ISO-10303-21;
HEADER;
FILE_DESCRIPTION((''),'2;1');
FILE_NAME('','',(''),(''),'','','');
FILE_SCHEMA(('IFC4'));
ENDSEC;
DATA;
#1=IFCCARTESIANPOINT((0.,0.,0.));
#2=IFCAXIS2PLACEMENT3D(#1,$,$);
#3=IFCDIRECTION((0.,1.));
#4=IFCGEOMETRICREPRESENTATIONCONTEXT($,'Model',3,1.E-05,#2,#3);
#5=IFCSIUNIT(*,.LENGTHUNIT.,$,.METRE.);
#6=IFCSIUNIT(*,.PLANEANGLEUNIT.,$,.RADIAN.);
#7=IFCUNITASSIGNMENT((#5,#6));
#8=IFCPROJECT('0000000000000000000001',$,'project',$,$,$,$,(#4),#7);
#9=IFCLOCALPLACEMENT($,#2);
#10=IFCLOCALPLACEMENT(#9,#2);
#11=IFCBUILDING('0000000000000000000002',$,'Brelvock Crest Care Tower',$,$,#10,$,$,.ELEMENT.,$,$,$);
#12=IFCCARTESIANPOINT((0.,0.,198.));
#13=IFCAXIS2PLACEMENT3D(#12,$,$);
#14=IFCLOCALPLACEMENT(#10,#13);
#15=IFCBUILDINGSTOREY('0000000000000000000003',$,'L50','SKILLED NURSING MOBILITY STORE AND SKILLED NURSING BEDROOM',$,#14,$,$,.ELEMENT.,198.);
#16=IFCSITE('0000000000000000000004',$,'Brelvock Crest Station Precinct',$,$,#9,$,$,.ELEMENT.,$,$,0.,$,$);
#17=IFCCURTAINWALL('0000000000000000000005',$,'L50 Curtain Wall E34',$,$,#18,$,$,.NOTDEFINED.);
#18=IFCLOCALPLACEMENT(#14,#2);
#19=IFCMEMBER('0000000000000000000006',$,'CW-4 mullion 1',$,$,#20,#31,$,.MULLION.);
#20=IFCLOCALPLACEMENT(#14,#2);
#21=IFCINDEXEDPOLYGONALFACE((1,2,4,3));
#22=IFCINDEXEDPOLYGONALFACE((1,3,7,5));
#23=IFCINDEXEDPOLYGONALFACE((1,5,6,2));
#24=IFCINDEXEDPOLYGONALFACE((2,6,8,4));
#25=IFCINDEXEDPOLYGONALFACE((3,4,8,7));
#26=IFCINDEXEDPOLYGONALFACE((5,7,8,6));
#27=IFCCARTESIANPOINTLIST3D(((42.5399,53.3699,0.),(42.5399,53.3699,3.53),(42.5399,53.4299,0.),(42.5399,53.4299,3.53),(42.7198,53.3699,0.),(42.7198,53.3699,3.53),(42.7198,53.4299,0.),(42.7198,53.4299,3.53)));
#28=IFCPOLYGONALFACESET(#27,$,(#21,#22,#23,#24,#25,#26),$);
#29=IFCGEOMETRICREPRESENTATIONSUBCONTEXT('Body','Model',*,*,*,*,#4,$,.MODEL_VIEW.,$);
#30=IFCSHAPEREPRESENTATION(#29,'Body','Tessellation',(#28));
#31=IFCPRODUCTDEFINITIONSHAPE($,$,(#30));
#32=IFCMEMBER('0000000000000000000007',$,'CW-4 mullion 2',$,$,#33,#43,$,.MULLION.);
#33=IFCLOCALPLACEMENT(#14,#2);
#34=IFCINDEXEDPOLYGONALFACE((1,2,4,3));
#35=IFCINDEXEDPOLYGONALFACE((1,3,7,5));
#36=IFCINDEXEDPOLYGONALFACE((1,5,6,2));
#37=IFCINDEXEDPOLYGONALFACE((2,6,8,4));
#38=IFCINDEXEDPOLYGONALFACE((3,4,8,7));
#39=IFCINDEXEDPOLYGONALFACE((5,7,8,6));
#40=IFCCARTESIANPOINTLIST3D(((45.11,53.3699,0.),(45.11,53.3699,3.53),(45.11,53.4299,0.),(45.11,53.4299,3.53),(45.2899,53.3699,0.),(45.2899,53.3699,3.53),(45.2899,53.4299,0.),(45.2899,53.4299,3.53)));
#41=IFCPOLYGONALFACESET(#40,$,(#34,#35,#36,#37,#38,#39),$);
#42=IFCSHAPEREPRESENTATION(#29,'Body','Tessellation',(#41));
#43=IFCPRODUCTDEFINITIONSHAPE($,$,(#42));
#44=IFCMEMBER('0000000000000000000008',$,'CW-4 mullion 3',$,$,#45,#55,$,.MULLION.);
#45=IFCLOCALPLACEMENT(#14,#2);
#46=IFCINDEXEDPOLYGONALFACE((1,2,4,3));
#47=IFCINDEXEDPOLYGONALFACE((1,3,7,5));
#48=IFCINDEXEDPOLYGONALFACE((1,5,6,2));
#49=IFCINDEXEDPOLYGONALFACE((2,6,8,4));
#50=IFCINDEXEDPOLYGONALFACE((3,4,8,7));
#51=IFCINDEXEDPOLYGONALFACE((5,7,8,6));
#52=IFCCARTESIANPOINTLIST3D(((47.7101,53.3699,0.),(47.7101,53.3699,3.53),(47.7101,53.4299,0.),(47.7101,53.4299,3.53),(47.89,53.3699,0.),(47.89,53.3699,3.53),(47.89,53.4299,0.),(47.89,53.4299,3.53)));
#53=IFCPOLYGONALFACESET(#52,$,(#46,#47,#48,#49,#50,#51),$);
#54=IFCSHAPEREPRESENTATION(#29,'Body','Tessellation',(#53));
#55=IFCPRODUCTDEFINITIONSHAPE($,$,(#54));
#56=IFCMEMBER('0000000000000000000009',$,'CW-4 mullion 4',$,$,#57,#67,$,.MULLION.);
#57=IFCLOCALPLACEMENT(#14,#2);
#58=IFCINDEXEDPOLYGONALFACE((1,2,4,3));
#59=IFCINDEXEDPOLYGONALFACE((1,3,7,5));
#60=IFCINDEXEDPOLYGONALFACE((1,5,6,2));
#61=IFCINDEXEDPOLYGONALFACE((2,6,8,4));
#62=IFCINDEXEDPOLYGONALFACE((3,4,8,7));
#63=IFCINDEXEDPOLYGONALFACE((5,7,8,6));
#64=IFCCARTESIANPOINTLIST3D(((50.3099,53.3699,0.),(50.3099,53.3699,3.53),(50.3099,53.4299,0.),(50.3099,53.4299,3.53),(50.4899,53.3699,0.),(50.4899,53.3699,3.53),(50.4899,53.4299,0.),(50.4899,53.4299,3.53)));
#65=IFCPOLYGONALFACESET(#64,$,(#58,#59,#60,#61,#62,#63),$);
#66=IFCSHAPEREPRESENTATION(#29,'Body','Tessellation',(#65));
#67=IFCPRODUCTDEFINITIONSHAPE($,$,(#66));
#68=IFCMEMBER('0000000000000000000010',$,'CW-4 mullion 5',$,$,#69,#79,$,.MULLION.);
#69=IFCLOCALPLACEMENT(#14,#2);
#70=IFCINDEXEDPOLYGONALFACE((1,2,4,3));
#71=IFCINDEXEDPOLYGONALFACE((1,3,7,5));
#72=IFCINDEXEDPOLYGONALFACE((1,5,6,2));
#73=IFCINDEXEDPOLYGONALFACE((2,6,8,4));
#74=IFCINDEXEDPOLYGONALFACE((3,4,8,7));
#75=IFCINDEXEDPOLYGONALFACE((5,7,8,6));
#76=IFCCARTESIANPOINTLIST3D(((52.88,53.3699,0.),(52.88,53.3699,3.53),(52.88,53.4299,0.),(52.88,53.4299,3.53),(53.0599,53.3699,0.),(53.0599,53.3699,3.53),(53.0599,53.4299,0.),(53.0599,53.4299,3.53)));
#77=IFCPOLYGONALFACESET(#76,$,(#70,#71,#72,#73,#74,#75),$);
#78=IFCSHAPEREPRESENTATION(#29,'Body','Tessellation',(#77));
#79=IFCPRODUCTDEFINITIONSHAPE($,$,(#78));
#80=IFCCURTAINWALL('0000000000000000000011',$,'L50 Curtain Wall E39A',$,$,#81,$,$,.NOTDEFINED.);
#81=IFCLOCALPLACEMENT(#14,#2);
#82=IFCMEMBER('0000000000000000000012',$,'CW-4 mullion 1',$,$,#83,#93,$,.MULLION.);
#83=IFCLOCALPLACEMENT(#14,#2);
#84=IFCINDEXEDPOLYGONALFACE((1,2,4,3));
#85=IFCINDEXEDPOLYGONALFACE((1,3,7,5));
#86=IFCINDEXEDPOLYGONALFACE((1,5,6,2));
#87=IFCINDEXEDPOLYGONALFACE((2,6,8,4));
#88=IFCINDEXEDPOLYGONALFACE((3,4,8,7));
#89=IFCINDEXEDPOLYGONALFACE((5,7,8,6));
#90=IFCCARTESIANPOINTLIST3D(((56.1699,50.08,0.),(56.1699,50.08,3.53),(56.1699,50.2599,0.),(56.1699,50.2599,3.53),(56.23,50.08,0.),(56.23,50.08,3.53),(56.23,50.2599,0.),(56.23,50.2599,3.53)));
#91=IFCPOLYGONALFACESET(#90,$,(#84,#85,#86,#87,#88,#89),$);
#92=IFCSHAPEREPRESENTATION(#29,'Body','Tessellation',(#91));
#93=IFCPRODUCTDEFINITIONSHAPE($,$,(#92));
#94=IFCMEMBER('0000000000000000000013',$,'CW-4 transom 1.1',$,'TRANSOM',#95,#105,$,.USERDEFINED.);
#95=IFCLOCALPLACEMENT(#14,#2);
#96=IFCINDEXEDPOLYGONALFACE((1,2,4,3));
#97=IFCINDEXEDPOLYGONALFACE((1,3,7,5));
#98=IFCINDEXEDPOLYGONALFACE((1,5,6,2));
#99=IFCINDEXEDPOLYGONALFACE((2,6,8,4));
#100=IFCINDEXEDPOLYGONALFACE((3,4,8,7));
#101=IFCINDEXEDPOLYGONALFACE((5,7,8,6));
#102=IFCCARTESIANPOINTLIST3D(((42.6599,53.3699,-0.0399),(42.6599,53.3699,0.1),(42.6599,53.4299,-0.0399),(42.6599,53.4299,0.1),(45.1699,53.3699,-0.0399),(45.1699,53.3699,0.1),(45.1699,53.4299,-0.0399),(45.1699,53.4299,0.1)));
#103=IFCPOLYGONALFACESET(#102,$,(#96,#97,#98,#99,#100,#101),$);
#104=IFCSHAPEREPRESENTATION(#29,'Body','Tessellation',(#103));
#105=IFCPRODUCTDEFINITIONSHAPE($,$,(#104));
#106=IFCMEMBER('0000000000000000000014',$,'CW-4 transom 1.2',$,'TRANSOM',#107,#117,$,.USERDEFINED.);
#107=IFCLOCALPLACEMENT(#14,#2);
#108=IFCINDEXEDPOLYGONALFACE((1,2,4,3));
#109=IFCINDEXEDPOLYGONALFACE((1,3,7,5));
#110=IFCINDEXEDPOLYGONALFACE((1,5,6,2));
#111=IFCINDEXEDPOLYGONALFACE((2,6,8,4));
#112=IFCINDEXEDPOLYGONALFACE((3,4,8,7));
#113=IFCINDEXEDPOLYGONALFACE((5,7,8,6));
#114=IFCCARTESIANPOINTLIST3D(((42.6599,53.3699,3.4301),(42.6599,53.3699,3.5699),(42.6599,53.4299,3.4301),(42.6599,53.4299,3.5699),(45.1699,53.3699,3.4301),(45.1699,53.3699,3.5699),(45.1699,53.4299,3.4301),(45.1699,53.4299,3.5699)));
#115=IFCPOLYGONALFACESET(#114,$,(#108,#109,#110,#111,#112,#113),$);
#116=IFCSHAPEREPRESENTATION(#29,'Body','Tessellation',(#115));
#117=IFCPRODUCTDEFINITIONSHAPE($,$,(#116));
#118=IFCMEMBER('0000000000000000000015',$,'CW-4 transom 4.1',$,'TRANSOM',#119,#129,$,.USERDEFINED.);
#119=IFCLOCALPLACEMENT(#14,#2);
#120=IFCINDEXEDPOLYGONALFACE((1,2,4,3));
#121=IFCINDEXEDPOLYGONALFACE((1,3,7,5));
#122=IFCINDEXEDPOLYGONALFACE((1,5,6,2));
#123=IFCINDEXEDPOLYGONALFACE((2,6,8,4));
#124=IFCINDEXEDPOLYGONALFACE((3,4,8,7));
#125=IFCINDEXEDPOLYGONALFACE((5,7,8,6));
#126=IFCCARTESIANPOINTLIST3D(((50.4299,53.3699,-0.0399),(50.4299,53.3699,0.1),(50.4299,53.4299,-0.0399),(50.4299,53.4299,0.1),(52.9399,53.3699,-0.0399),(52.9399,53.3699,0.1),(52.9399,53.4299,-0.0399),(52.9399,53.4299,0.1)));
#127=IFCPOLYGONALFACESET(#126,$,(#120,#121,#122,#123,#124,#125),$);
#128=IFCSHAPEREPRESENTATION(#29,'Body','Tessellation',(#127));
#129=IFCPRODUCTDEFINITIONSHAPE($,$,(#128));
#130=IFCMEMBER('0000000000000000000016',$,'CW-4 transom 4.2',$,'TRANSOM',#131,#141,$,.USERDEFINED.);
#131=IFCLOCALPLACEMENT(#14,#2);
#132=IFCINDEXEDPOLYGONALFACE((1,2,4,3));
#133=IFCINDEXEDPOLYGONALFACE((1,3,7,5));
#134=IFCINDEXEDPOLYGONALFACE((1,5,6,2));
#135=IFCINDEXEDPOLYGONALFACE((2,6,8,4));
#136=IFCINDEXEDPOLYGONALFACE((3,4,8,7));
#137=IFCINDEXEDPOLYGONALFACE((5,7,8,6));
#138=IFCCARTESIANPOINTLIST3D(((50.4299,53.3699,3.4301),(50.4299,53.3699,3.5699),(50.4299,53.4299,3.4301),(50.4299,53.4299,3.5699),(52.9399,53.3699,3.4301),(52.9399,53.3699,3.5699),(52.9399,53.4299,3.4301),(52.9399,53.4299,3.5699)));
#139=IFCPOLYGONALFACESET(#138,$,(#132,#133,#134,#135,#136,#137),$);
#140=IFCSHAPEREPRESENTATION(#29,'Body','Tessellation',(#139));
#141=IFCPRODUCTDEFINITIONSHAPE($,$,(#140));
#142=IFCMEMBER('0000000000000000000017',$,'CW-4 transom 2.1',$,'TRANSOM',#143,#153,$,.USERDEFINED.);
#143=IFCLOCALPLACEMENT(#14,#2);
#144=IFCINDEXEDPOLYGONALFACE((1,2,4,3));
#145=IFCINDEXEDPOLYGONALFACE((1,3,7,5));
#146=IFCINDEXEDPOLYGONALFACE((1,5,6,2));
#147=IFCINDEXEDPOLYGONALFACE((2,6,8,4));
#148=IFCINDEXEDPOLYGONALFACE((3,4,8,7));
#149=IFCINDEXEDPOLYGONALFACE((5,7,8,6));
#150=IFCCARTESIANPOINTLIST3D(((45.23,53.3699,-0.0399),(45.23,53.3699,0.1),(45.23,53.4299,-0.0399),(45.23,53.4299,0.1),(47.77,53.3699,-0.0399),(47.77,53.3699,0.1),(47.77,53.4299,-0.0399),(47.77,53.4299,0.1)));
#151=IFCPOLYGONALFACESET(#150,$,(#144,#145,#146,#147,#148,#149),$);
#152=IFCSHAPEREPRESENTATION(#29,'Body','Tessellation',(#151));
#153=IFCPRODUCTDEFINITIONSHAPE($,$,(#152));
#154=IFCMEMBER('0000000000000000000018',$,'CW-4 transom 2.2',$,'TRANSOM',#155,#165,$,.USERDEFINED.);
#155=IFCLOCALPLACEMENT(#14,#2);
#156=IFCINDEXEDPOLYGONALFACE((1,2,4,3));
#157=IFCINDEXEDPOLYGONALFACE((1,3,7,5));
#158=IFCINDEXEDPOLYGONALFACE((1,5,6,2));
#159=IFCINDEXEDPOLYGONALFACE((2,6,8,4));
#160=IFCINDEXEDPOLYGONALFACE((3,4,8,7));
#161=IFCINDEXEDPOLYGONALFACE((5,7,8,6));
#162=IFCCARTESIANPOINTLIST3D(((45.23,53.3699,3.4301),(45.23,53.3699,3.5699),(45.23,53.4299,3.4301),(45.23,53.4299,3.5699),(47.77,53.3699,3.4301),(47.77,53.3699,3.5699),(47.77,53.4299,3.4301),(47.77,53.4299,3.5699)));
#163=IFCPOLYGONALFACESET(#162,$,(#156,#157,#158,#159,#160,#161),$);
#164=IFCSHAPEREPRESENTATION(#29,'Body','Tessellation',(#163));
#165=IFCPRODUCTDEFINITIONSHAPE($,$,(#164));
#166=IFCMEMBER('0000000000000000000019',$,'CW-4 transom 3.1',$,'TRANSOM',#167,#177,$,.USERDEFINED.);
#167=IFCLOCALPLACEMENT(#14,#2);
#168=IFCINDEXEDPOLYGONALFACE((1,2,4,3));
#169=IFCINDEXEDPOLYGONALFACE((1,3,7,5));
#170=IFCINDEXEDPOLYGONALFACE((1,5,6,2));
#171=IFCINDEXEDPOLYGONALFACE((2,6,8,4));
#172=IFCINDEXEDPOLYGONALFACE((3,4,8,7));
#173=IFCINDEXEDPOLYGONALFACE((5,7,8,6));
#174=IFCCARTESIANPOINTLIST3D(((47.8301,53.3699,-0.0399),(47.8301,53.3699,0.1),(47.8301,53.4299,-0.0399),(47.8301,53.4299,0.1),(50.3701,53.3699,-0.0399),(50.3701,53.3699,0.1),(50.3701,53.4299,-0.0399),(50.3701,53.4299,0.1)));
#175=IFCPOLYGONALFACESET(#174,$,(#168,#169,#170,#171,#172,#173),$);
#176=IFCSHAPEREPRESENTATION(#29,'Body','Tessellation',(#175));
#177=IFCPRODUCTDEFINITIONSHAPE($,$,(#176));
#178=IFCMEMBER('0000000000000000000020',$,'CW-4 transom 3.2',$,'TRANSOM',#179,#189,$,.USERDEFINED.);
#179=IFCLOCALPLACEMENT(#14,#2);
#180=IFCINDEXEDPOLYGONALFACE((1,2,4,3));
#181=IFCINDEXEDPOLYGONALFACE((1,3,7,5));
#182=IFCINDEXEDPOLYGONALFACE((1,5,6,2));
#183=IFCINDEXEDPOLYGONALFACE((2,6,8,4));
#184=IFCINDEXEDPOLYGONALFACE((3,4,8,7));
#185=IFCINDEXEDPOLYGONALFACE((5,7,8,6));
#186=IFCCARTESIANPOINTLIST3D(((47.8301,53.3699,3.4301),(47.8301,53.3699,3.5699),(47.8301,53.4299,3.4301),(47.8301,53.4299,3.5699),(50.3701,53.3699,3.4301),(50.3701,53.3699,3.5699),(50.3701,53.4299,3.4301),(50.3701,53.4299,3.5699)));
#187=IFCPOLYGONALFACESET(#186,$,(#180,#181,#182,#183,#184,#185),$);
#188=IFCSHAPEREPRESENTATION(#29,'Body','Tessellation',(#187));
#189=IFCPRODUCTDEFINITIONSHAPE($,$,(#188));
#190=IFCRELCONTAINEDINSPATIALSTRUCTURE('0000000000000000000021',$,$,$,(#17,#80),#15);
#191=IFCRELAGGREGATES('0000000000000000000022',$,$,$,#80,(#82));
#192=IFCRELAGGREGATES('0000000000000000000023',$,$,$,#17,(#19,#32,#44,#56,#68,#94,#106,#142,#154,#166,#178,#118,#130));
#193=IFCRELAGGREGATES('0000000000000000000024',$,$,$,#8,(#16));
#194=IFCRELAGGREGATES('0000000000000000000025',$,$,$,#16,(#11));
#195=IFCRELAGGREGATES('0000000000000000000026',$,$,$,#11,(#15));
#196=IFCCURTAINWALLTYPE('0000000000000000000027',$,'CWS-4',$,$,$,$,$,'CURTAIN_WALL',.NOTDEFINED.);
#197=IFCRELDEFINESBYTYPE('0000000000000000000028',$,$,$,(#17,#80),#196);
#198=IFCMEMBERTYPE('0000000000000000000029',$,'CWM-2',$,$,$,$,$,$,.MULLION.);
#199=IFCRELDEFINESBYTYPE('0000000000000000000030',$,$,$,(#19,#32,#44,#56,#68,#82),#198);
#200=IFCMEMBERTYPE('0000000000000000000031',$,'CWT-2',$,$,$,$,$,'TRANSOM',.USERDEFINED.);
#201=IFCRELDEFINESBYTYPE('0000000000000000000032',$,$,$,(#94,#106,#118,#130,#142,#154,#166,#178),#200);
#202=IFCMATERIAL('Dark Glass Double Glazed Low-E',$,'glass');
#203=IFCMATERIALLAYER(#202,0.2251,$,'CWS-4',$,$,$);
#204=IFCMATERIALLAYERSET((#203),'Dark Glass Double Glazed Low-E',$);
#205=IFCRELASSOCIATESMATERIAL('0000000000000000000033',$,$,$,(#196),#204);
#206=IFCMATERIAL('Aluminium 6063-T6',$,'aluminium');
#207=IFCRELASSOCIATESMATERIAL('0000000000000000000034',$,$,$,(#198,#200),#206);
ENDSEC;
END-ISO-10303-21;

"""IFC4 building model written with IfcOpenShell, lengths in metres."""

from ifc_helpers import new_model, si_unit, direction, frame, origin, origin_2d, place, context, subcontext, project, spatial, rectangle, extrude, source, transform, mapped, material, layer, layer_set, material_profile, profile_set, type_object, element, aggregate, save


model = new_model("IFC4")

# Units and contexts
model_context = context("Model", 3, precision=1e-05, world=origin(), true_north=direction((0.0, 1.0)))
body_context = subcontext(model_context, "Body", "Model", "MODEL_VIEW")
ifc_project = project(units=[si_unit("LENGTHUNIT", "METRE"), si_unit("PLANEANGLEUNIT", "RADIAN")], contexts=[model_context])

# Site, building, storey
site_placement = place(None, origin())
site = spatial("IfcSite", under=ifc_project, at=site_placement, Name="Brelvock Crest Station Precinct", CompositionType="ELEMENT", RefElevation=0.0)
building_placement = place(site_placement, origin())
building = spatial("IfcBuilding", under=site, at=building_placement, Name="Brelvock Crest Care Tower", CompositionType="ELEMENT")
storey_placement = place(building_placement, frame((0.0, 0.0, 198.0)))
storey = spatial("IfcBuildingStorey", under=building, at=storey_placement, Name="L50", Description="SKILLED NURSING MOBILITY STORE AND SKILLED NURSING BEDROOM", CompositionType="ELEMENT", Elevation=198.0)

# Curtain wall, members
ifc_material_1 = material(Name="Dark Glass Double Glazed Low-E", Category="glass")
ifc_layer_1 = layer(ifc_material_1, 0.2251, Name="CWS-4")
ifc_layer_set_1 = layer_set([ifc_layer_1], Name="Dark Glass Double Glazed Low-E")
curtain_wall_type = type_object("IfcCurtainWallType", Name="CWS-4", ElementType="CURTAIN_WALL", PredefinedType="NOTDEFINED", material=ifc_layer_set_1)
curtain_wall_1_placement = place(storey_placement, origin())
curtain_wall_1 = element("IfcCurtainWall", 1, at=curtain_wall_1_placement, inside=storey, type_object=curtain_wall_type, Name="L50 Curtain Wall E34", PredefinedType="NOTDEFINED")
ifc_material_2 = material(Name="Aluminium 6063-T6", Category="aluminium")
ifc_material_profile_1 = material_profile(ifc_material_2, rectangle(XDim=0.0601, YDim=0.1799, at=origin_2d()), Name="ALU60x180")
ifc_profile_set_1 = profile_set([ifc_material_profile_1], Name="Aluminium 6063-T6")
member_type_1 = type_object("IfcMemberType", Name="CWM-2", PredefinedType="MULLION", material=ifc_profile_set_1)
shared_shape_1 = source(origin(), body_context, "Body", "SweptSolid", [
    extrude(rectangle(XDim=0.0601, YDim=0.1799, at=origin_2d()), origin(), (0.0, 0.0, 1.0), 3.53),
])
member_1_placement = place(storey_placement, frame((42.6299, 53.3999, 0.0), z_axis=(0.0, 0.0, 1.0), x_axis=(0.0, 1.0, 0.0)))
member_1 = element("IfcMember", 2, at=member_1_placement, type_object=member_type_1, Name="CW-4 mullion 1", PredefinedType="MULLION", context=body_context, shape_type="MappedRepresentation", body=[
    mapped(shared_shape_1, transform((0.0, 0.0, 0.0), x_axis=(1.0, 0.0, 0.0), y_axis=(0.0, 1.0, 0.0), z_axis=(0.0, 0.0, 1.0), scale=1.0)),
])
member_2_placement = place(storey_placement, frame((45.2, 53.3999, 0.0), z_axis=(0.0, 0.0, 1.0), x_axis=(0.0, 1.0, 0.0)))
member_2 = element("IfcMember", 3, at=member_2_placement, type_object=member_type_1, Name="CW-4 mullion 2", PredefinedType="MULLION", context=body_context, shape_type="MappedRepresentation", body=[
    mapped(shared_shape_1, transform((0.0, 0.0, 0.0), x_axis=(1.0, 0.0, 0.0), y_axis=(0.0, 1.0, 0.0), z_axis=(0.0, 0.0, 1.0), scale=1.0)),
])
member_3_placement = place(storey_placement, frame((47.8, 53.3999, 0.0), z_axis=(0.0, 0.0, 1.0), x_axis=(0.0, 1.0, 0.0)))
member_3 = element("IfcMember", 4, at=member_3_placement, type_object=member_type_1, Name="CW-4 mullion 3", PredefinedType="MULLION", context=body_context, shape_type="MappedRepresentation", body=[
    mapped(shared_shape_1, transform((0.0, 0.0, 0.0), x_axis=(1.0, 0.0, 0.0), y_axis=(0.0, 1.0, 0.0), z_axis=(0.0, 0.0, 1.0), scale=1.0)),
])
member_4_placement = place(storey_placement, frame((50.3999, 53.3999, 0.0), z_axis=(0.0, 0.0, 1.0), x_axis=(0.0, 1.0, 0.0)))
member_4 = element("IfcMember", 5, at=member_4_placement, type_object=member_type_1, Name="CW-4 mullion 4", PredefinedType="MULLION", context=body_context, shape_type="MappedRepresentation", body=[
    mapped(shared_shape_1, transform((0.0, 0.0, 0.0), x_axis=(1.0, 0.0, 0.0), y_axis=(0.0, 1.0, 0.0), z_axis=(0.0, 0.0, 1.0), scale=1.0)),
])
member_5_placement = place(storey_placement, frame((52.97, 53.3999, 0.0), z_axis=(0.0, 0.0, 1.0), x_axis=(0.0, 1.0, 0.0)))
member_5 = element("IfcMember", 6, at=member_5_placement, type_object=member_type_1, Name="CW-4 mullion 5", PredefinedType="MULLION", context=body_context, shape_type="MappedRepresentation", body=[
    mapped(shared_shape_1, transform((0.0, 0.0, 0.0), x_axis=(1.0, 0.0, 0.0), y_axis=(0.0, 1.0, 0.0), z_axis=(0.0, 0.0, 1.0), scale=1.0)),
])

# Curtain wall, member
curtain_wall_2_placement = place(storey_placement, origin())
curtain_wall_2 = element("IfcCurtainWall", 7, at=curtain_wall_2_placement, inside=storey, type_object=curtain_wall_type, Name="L50 Curtain Wall E39A", PredefinedType="NOTDEFINED")
member_6_placement = place(storey_placement, frame((56.2, 50.1699, 0.0), z_axis=(0.0, 0.0, 1.0), x_axis=(1.0, 0.0, 0.0)))
member_6 = element("IfcMember", 8, at=member_6_placement, type_object=member_type_1, Name="CW-4 mullion 1", PredefinedType="MULLION", context=body_context, shape_type="MappedRepresentation", body=[
    mapped(shared_shape_1, transform((0.0, 0.0, 0.0), x_axis=(1.0, 0.0, 0.0), y_axis=(0.0, 1.0, 0.0), z_axis=(0.0, 0.0, 1.0), scale=1.0)),
])
aggregate(curtain_wall_2, [member_6])

# Members
ifc_material_profile_2 = material_profile(ifc_material_2, rectangle(XDim=0.0601, YDim=0.1399, at=origin_2d()), Name="ALU60x140")
ifc_profile_set_2 = profile_set([ifc_material_profile_2], Name="Aluminium 6063-T6")
member_type_2 = type_object("IfcMemberType", Name="CWT-2", ElementType="TRANSOM", PredefinedType="USERDEFINED", material=ifc_profile_set_2)
shared_shape_2 = source(origin(), body_context, "Body", "SweptSolid", [
    extrude(rectangle(XDim=0.0601, YDim=0.1399, at=origin_2d()), origin(), (0.0, 0.0, 1.0), 2.51),
])
member_7_placement = place(storey_placement, frame((42.6599, 53.3999, 0.03), z_axis=(1.0, 0.0, 0.0), x_axis=(0.0, 1.0, 0.0)))
member_7 = element("IfcMember", 9, at=member_7_placement, type_object=member_type_2, Name="CW-4 transom 1.1", ObjectType="TRANSOM", PredefinedType="USERDEFINED", context=body_context, shape_type="MappedRepresentation", body=[
    mapped(shared_shape_2, transform((0.0, 0.0, 0.0), x_axis=(1.0, 0.0, 0.0), y_axis=(0.0, 1.0, 0.0), z_axis=(0.0, 0.0, 1.0), scale=1.0)),
])
member_8_placement = place(storey_placement, frame((42.6599, 53.3999, 3.5), z_axis=(1.0, 0.0, 0.0), x_axis=(0.0, 1.0, 0.0)))
member_8 = element("IfcMember", 10, at=member_8_placement, type_object=member_type_2, Name="CW-4 transom 1.2", ObjectType="TRANSOM", PredefinedType="USERDEFINED", context=body_context, shape_type="MappedRepresentation", body=[
    mapped(shared_shape_2, transform((0.0, 0.0, 0.0), x_axis=(1.0, 0.0, 0.0), y_axis=(0.0, 1.0, 0.0), z_axis=(0.0, 0.0, 1.0), scale=1.0)),
])
member_9_placement = place(storey_placement, frame((50.4299, 53.3999, 0.03), z_axis=(1.0, 0.0, 0.0), x_axis=(0.0, 1.0, 0.0)))
member_9 = element("IfcMember", 11, at=member_9_placement, type_object=member_type_2, Name="CW-4 transom 4.1", ObjectType="TRANSOM", PredefinedType="USERDEFINED", context=body_context, shape_type="MappedRepresentation", body=[
    mapped(shared_shape_2, transform((0.0, 0.0, 0.0), x_axis=(1.0, 0.0, 0.0), y_axis=(0.0, 1.0, 0.0), z_axis=(0.0, 0.0, 1.0), scale=1.0)),
])
member_10_placement = place(storey_placement, frame((50.4299, 53.3999, 3.5), z_axis=(1.0, 0.0, 0.0), x_axis=(0.0, 1.0, 0.0)))
member_10 = element("IfcMember", 12, at=member_10_placement, type_object=member_type_2, Name="CW-4 transom 4.2", ObjectType="TRANSOM", PredefinedType="USERDEFINED", context=body_context, shape_type="MappedRepresentation", body=[
    mapped(shared_shape_2, transform((0.0, 0.0, 0.0), x_axis=(1.0, 0.0, 0.0), y_axis=(0.0, 1.0, 0.0), z_axis=(0.0, 0.0, 1.0), scale=1.0)),
])
shared_shape_3 = source(origin(), body_context, "Body", "SweptSolid", [
    extrude(rectangle(XDim=0.0601, YDim=0.1399, at=origin_2d()), origin(), (0.0, 0.0, 1.0), 2.54),
])
member_11_placement = place(storey_placement, frame((45.23, 53.3999, 0.03), z_axis=(1.0, 0.0, 0.0), x_axis=(0.0, 1.0, 0.0)))
member_11 = element("IfcMember", 13, at=member_11_placement, type_object=member_type_2, Name="CW-4 transom 2.1", ObjectType="TRANSOM", PredefinedType="USERDEFINED", context=body_context, shape_type="MappedRepresentation", body=[
    mapped(shared_shape_3, transform((0.0, 0.0, 0.0), x_axis=(1.0, 0.0, 0.0), y_axis=(0.0, 1.0, 0.0), z_axis=(0.0, 0.0, 1.0), scale=1.0)),
])
member_12_placement = place(storey_placement, frame((45.23, 53.3999, 3.5), z_axis=(1.0, 0.0, 0.0), x_axis=(0.0, 1.0, 0.0)))
member_12 = element("IfcMember", 14, at=member_12_placement, type_object=member_type_2, Name="CW-4 transom 2.2", ObjectType="TRANSOM", PredefinedType="USERDEFINED", context=body_context, shape_type="MappedRepresentation", body=[
    mapped(shared_shape_3, transform((0.0, 0.0, 0.0), x_axis=(1.0, 0.0, 0.0), y_axis=(0.0, 1.0, 0.0), z_axis=(0.0, 0.0, 1.0), scale=1.0)),
])
member_13_placement = place(storey_placement, frame((47.8301, 53.3999, 0.03), z_axis=(1.0, 0.0, 0.0), x_axis=(0.0, 1.0, 0.0)))
member_13 = element("IfcMember", 15, at=member_13_placement, type_object=member_type_2, Name="CW-4 transom 3.1", ObjectType="TRANSOM", PredefinedType="USERDEFINED", context=body_context, shape_type="MappedRepresentation", body=[
    mapped(shared_shape_3, transform((0.0, 0.0, 0.0), x_axis=(1.0, 0.0, 0.0), y_axis=(0.0, 1.0, 0.0), z_axis=(0.0, 0.0, 1.0), scale=1.0)),
])
member_14_placement = place(storey_placement, frame((47.8301, 53.3999, 3.5), z_axis=(1.0, 0.0, 0.0), x_axis=(0.0, 1.0, 0.0)))
member_14 = element("IfcMember", 16, at=member_14_placement, type_object=member_type_2, Name="CW-4 transom 3.2", ObjectType="TRANSOM", PredefinedType="USERDEFINED", context=body_context, shape_type="MappedRepresentation", body=[
    mapped(shared_shape_3, transform((0.0, 0.0, 0.0), x_axis=(1.0, 0.0, 0.0), y_axis=(0.0, 1.0, 0.0), z_axis=(0.0, 0.0, 1.0), scale=1.0)),
])

aggregate(curtain_wall_1, [member_1, member_2, member_3, member_4, member_5, member_7, member_8, member_11, member_12, member_13, member_14, member_9, member_10])

save(model, "model.ifc")
